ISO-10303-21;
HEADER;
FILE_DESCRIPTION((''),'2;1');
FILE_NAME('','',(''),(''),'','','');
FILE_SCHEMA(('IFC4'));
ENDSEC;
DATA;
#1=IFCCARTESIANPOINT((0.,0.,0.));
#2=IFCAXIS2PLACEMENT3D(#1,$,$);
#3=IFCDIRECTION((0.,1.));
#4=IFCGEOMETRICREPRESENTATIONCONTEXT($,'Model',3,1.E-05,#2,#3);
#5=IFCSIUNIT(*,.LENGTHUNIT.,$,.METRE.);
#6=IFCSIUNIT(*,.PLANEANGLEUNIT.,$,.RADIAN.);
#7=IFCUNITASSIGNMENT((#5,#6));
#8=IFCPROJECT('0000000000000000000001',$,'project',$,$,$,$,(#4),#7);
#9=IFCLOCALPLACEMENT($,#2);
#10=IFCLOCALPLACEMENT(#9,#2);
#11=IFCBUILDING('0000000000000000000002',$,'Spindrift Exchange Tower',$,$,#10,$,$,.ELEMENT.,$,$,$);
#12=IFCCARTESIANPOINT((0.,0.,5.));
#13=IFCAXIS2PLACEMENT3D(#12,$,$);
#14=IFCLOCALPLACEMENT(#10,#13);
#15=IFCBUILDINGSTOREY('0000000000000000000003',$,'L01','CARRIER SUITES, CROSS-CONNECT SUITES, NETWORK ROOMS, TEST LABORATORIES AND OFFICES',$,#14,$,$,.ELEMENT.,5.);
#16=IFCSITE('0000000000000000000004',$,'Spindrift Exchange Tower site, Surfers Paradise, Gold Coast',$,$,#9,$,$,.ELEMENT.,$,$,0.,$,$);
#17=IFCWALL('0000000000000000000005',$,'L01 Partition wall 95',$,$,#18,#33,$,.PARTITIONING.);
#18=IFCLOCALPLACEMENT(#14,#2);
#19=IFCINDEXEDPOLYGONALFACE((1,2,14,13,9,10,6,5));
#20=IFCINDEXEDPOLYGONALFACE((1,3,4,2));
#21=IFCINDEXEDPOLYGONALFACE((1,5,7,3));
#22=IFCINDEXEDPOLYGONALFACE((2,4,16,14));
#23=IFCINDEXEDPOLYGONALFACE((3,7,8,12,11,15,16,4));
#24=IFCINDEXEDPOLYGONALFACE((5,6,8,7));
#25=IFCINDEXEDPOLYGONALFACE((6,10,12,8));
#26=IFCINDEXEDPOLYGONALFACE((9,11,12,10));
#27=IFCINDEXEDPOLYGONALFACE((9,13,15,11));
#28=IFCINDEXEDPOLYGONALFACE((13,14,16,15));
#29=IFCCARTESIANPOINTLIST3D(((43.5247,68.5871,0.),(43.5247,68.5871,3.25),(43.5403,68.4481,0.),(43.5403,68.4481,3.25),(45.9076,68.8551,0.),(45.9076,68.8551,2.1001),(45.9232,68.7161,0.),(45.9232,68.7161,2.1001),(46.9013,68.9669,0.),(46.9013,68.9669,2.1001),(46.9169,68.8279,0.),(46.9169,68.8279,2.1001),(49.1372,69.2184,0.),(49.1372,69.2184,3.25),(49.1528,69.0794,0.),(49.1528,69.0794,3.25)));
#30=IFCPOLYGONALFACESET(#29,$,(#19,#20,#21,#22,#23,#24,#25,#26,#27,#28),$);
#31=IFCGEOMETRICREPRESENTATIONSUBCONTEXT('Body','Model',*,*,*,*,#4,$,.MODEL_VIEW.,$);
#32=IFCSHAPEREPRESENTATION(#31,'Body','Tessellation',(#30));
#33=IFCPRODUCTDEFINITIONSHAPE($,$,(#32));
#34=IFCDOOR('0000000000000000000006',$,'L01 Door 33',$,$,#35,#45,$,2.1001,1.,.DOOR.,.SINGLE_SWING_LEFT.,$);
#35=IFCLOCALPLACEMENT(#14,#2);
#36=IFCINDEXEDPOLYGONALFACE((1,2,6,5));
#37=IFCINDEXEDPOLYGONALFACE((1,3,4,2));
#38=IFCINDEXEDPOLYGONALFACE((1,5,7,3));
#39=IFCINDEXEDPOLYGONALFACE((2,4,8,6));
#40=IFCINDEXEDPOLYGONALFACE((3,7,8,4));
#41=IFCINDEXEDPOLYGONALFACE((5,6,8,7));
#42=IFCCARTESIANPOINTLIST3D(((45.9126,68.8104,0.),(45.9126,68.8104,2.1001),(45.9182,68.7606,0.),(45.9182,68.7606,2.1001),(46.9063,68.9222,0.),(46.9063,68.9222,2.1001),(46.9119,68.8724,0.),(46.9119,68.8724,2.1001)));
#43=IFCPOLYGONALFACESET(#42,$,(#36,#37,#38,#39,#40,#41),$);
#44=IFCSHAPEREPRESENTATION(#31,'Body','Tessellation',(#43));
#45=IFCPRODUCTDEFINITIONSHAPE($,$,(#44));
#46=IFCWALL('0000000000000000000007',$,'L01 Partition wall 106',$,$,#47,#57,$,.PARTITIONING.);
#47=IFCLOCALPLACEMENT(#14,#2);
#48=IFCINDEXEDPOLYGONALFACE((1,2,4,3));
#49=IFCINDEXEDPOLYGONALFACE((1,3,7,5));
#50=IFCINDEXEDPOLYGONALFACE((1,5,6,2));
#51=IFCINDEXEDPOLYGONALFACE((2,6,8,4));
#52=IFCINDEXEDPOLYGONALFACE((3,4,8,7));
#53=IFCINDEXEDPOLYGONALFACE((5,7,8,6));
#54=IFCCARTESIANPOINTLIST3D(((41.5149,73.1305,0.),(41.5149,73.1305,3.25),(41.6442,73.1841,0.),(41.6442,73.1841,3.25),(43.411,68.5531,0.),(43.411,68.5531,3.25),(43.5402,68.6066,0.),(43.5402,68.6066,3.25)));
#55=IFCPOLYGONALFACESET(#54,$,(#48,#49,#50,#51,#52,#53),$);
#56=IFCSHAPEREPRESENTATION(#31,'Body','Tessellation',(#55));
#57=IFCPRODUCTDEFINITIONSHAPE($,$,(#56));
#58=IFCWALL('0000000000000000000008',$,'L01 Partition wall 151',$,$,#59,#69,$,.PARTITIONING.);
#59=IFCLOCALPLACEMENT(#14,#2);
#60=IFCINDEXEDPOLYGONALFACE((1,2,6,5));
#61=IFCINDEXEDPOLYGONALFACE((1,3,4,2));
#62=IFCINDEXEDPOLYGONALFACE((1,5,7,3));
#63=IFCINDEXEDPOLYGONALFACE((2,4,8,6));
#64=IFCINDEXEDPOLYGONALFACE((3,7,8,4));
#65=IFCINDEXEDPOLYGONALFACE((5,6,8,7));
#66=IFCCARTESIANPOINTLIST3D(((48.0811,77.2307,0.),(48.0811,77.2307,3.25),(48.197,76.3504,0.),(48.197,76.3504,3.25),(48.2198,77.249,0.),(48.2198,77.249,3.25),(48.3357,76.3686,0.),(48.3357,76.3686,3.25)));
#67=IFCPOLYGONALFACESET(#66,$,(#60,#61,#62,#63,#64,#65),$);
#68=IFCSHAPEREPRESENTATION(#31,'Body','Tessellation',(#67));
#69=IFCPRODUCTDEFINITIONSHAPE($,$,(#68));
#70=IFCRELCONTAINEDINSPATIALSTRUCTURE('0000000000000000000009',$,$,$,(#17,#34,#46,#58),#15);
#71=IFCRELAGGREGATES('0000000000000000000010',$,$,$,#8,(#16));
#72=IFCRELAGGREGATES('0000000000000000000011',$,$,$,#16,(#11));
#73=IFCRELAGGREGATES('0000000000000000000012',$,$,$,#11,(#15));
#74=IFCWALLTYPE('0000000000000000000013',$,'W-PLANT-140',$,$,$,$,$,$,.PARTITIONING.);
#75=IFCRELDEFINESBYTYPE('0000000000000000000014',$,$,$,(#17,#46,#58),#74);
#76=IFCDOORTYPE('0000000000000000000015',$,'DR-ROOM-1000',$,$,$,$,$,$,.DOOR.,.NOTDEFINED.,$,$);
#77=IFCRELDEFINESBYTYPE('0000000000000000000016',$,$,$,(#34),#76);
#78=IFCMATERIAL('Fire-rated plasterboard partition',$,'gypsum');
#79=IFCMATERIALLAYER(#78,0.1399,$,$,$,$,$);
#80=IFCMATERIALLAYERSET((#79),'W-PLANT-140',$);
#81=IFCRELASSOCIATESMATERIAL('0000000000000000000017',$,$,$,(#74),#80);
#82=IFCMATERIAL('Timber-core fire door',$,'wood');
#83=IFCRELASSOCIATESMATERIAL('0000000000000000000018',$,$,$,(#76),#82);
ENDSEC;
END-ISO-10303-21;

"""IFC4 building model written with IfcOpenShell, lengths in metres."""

from ifc_helpers import new_model, si_unit, direction, frame, frame_2d, origin, place, context, subcontext, project, spatial, rectangle, extrude, source, transform, mapped, material, layer, layer_set, type_object, element, fill, save


model = new_model("IFC4")

# Units and contexts
model_context = context("Model", 3, precision=1e-05, world=origin(), true_north=direction((0.0, 1.0)))
body_context = subcontext(model_context, "Body", "Model", "MODEL_VIEW")
ifc_project = project(units=[si_unit("LENGTHUNIT", "METRE"), si_unit("PLANEANGLEUNIT", "RADIAN")], contexts=[model_context])

# Site, building, storey
site_placement = place(None, origin())
site = spatial("IfcSite", under=ifc_project, at=site_placement, Name="Spindrift Exchange Tower site, Surfers Paradise, Gold Coast", CompositionType="ELEMENT", RefElevation=0.0)
building_placement = place(site_placement, origin())
building = spatial("IfcBuilding", under=site, at=building_placement, Name="Spindrift Exchange Tower", CompositionType="ELEMENT")
storey_placement = place(building_placement, frame((0.0, 0.0, 5.0)))
storey = spatial("IfcBuildingStorey", under=building, at=storey_placement, Name="L01", Description="CARRIER SUITES, CROSS-CONNECT SUITES, NETWORK ROOMS, TEST LABORATORIES AND OFFICES", CompositionType="ELEMENT", Elevation=5.0)

# Shared definitions
ifc_material_1 = material(Name="Fire-rated plasterboard partition", Category="gypsum")
ifc_layer_1 = layer(ifc_material_1, 0.1399)
ifc_layer_set_1 = layer_set([ifc_layer_1], Name="W-PLANT-140")
wall_type = type_object("IfcWallType", Name="W-PLANT-140", PredefinedType="PARTITIONING", material=ifc_layer_set_1)

# Wall, opening, door
wall_1_placement = place(storey_placement, frame((43.5325, 68.5176, 0.0), z_axis=(0.0, 0.0, 1.0), x_axis=(0.993733, 0.111784, 0.0)))
wall_1 = element("IfcWall", 1, at=wall_1_placement, inside=storey, type_object=wall_type, Name="L01 Partition wall 95", PredefinedType="PARTITIONING", context=body_context, shape_type="SweptSolid", body=[
    extrude(rectangle(XDim=5.6479, YDim=0.1399, at=frame_2d((2.824, 0.0))), origin(), (0.0, 0.0, 1.0), 3.25),
])
opening_placement = place(wall_1_placement, frame((2.3979, 0.0, 0.0)))
opening = element("IfcOpeningElement", 2, at=opening_placement, cuts=wall_1, PredefinedType="OPENING", context=body_context, shape_type="SweptSolid", body=[
    extrude(rectangle(XDim=1.0, YDim=2.1001, at=frame_2d((0.5, 1.05))), frame((0.0, 0.0798, 0.0), z_axis=(0.0, -1.0, 0.0), x_axis=(1.0, 0.0, 0.0)), (0.0, 0.0, 1.0), 0.1599),
])
ifc_material_2 = material(Name="Timber-core fire door", Category="wood")
door_type = type_object("IfcDoorType", Name="DR-ROOM-1000", OperationType="NOTDEFINED", PredefinedType="DOOR", material=ifc_material_2)
shared_shape_1 = source(origin(), body_context, "Body", "SweptSolid", [
    extrude(rectangle(XDim=1.0, YDim=2.1001, at=frame_2d((0.5, 1.05))), frame((0.0, 0.0249, 0.0), z_axis=(0.0, -1.0, 0.0), x_axis=(1.0, 0.0, 0.0)), (0.0, 0.0, 1.0), 0.05),
])
door_placement = place(opening_placement, origin())
door = element("IfcDoor", 3, at=door_placement, inside=storey, type_object=door_type, Name="L01 Door 33", OperationType="SINGLE_SWING_LEFT", OverallHeight=2.1001, OverallWidth=1.0, PredefinedType="DOOR", context=body_context, shape_type="MappedRepresentation", body=[
    mapped(shared_shape_1, transform((0.0, 0.0, 0.0), scale=1.0)),
])
fill(opening, door)

# Walls
wall_2_placement = place(storey_placement, frame((43.4756, 68.5798, 0.0), z_axis=(0.0, 0.0, 1.0), x_axis=(-0.38268, 0.923881, 0.0)))
element("IfcWall", 4, at=wall_2_placement, inside=storey, type_object=wall_type, Name="L01 Partition wall 106", PredefinedType="PARTITIONING", context=body_context, shape_type="SweptSolid", body=[
    extrude(rectangle(XDim=4.9546, YDim=0.1399, at=frame_2d((2.4773, 0.0))), origin(), (0.0, 0.0, 1.0), 3.25),
])
wall_3_placement = place(storey_placement, frame((48.2664, 76.3596, 0.0), z_axis=(0.0, 0.0, 1.0), x_axis=(-0.130597, 0.991436, 0.0)))
element("IfcWall", 5, at=wall_3_placement, inside=storey, type_object=wall_type, Name="L01 Partition wall 151", PredefinedType="PARTITIONING", context=body_context, shape_type="SweptSolid", body=[
    extrude(rectangle(XDim=0.8879, YDim=0.1399, at=frame_2d((0.4438, 0.0))), origin(), (0.0, 0.0, 1.0), 3.25),
])

save(model, "model.ifc")
